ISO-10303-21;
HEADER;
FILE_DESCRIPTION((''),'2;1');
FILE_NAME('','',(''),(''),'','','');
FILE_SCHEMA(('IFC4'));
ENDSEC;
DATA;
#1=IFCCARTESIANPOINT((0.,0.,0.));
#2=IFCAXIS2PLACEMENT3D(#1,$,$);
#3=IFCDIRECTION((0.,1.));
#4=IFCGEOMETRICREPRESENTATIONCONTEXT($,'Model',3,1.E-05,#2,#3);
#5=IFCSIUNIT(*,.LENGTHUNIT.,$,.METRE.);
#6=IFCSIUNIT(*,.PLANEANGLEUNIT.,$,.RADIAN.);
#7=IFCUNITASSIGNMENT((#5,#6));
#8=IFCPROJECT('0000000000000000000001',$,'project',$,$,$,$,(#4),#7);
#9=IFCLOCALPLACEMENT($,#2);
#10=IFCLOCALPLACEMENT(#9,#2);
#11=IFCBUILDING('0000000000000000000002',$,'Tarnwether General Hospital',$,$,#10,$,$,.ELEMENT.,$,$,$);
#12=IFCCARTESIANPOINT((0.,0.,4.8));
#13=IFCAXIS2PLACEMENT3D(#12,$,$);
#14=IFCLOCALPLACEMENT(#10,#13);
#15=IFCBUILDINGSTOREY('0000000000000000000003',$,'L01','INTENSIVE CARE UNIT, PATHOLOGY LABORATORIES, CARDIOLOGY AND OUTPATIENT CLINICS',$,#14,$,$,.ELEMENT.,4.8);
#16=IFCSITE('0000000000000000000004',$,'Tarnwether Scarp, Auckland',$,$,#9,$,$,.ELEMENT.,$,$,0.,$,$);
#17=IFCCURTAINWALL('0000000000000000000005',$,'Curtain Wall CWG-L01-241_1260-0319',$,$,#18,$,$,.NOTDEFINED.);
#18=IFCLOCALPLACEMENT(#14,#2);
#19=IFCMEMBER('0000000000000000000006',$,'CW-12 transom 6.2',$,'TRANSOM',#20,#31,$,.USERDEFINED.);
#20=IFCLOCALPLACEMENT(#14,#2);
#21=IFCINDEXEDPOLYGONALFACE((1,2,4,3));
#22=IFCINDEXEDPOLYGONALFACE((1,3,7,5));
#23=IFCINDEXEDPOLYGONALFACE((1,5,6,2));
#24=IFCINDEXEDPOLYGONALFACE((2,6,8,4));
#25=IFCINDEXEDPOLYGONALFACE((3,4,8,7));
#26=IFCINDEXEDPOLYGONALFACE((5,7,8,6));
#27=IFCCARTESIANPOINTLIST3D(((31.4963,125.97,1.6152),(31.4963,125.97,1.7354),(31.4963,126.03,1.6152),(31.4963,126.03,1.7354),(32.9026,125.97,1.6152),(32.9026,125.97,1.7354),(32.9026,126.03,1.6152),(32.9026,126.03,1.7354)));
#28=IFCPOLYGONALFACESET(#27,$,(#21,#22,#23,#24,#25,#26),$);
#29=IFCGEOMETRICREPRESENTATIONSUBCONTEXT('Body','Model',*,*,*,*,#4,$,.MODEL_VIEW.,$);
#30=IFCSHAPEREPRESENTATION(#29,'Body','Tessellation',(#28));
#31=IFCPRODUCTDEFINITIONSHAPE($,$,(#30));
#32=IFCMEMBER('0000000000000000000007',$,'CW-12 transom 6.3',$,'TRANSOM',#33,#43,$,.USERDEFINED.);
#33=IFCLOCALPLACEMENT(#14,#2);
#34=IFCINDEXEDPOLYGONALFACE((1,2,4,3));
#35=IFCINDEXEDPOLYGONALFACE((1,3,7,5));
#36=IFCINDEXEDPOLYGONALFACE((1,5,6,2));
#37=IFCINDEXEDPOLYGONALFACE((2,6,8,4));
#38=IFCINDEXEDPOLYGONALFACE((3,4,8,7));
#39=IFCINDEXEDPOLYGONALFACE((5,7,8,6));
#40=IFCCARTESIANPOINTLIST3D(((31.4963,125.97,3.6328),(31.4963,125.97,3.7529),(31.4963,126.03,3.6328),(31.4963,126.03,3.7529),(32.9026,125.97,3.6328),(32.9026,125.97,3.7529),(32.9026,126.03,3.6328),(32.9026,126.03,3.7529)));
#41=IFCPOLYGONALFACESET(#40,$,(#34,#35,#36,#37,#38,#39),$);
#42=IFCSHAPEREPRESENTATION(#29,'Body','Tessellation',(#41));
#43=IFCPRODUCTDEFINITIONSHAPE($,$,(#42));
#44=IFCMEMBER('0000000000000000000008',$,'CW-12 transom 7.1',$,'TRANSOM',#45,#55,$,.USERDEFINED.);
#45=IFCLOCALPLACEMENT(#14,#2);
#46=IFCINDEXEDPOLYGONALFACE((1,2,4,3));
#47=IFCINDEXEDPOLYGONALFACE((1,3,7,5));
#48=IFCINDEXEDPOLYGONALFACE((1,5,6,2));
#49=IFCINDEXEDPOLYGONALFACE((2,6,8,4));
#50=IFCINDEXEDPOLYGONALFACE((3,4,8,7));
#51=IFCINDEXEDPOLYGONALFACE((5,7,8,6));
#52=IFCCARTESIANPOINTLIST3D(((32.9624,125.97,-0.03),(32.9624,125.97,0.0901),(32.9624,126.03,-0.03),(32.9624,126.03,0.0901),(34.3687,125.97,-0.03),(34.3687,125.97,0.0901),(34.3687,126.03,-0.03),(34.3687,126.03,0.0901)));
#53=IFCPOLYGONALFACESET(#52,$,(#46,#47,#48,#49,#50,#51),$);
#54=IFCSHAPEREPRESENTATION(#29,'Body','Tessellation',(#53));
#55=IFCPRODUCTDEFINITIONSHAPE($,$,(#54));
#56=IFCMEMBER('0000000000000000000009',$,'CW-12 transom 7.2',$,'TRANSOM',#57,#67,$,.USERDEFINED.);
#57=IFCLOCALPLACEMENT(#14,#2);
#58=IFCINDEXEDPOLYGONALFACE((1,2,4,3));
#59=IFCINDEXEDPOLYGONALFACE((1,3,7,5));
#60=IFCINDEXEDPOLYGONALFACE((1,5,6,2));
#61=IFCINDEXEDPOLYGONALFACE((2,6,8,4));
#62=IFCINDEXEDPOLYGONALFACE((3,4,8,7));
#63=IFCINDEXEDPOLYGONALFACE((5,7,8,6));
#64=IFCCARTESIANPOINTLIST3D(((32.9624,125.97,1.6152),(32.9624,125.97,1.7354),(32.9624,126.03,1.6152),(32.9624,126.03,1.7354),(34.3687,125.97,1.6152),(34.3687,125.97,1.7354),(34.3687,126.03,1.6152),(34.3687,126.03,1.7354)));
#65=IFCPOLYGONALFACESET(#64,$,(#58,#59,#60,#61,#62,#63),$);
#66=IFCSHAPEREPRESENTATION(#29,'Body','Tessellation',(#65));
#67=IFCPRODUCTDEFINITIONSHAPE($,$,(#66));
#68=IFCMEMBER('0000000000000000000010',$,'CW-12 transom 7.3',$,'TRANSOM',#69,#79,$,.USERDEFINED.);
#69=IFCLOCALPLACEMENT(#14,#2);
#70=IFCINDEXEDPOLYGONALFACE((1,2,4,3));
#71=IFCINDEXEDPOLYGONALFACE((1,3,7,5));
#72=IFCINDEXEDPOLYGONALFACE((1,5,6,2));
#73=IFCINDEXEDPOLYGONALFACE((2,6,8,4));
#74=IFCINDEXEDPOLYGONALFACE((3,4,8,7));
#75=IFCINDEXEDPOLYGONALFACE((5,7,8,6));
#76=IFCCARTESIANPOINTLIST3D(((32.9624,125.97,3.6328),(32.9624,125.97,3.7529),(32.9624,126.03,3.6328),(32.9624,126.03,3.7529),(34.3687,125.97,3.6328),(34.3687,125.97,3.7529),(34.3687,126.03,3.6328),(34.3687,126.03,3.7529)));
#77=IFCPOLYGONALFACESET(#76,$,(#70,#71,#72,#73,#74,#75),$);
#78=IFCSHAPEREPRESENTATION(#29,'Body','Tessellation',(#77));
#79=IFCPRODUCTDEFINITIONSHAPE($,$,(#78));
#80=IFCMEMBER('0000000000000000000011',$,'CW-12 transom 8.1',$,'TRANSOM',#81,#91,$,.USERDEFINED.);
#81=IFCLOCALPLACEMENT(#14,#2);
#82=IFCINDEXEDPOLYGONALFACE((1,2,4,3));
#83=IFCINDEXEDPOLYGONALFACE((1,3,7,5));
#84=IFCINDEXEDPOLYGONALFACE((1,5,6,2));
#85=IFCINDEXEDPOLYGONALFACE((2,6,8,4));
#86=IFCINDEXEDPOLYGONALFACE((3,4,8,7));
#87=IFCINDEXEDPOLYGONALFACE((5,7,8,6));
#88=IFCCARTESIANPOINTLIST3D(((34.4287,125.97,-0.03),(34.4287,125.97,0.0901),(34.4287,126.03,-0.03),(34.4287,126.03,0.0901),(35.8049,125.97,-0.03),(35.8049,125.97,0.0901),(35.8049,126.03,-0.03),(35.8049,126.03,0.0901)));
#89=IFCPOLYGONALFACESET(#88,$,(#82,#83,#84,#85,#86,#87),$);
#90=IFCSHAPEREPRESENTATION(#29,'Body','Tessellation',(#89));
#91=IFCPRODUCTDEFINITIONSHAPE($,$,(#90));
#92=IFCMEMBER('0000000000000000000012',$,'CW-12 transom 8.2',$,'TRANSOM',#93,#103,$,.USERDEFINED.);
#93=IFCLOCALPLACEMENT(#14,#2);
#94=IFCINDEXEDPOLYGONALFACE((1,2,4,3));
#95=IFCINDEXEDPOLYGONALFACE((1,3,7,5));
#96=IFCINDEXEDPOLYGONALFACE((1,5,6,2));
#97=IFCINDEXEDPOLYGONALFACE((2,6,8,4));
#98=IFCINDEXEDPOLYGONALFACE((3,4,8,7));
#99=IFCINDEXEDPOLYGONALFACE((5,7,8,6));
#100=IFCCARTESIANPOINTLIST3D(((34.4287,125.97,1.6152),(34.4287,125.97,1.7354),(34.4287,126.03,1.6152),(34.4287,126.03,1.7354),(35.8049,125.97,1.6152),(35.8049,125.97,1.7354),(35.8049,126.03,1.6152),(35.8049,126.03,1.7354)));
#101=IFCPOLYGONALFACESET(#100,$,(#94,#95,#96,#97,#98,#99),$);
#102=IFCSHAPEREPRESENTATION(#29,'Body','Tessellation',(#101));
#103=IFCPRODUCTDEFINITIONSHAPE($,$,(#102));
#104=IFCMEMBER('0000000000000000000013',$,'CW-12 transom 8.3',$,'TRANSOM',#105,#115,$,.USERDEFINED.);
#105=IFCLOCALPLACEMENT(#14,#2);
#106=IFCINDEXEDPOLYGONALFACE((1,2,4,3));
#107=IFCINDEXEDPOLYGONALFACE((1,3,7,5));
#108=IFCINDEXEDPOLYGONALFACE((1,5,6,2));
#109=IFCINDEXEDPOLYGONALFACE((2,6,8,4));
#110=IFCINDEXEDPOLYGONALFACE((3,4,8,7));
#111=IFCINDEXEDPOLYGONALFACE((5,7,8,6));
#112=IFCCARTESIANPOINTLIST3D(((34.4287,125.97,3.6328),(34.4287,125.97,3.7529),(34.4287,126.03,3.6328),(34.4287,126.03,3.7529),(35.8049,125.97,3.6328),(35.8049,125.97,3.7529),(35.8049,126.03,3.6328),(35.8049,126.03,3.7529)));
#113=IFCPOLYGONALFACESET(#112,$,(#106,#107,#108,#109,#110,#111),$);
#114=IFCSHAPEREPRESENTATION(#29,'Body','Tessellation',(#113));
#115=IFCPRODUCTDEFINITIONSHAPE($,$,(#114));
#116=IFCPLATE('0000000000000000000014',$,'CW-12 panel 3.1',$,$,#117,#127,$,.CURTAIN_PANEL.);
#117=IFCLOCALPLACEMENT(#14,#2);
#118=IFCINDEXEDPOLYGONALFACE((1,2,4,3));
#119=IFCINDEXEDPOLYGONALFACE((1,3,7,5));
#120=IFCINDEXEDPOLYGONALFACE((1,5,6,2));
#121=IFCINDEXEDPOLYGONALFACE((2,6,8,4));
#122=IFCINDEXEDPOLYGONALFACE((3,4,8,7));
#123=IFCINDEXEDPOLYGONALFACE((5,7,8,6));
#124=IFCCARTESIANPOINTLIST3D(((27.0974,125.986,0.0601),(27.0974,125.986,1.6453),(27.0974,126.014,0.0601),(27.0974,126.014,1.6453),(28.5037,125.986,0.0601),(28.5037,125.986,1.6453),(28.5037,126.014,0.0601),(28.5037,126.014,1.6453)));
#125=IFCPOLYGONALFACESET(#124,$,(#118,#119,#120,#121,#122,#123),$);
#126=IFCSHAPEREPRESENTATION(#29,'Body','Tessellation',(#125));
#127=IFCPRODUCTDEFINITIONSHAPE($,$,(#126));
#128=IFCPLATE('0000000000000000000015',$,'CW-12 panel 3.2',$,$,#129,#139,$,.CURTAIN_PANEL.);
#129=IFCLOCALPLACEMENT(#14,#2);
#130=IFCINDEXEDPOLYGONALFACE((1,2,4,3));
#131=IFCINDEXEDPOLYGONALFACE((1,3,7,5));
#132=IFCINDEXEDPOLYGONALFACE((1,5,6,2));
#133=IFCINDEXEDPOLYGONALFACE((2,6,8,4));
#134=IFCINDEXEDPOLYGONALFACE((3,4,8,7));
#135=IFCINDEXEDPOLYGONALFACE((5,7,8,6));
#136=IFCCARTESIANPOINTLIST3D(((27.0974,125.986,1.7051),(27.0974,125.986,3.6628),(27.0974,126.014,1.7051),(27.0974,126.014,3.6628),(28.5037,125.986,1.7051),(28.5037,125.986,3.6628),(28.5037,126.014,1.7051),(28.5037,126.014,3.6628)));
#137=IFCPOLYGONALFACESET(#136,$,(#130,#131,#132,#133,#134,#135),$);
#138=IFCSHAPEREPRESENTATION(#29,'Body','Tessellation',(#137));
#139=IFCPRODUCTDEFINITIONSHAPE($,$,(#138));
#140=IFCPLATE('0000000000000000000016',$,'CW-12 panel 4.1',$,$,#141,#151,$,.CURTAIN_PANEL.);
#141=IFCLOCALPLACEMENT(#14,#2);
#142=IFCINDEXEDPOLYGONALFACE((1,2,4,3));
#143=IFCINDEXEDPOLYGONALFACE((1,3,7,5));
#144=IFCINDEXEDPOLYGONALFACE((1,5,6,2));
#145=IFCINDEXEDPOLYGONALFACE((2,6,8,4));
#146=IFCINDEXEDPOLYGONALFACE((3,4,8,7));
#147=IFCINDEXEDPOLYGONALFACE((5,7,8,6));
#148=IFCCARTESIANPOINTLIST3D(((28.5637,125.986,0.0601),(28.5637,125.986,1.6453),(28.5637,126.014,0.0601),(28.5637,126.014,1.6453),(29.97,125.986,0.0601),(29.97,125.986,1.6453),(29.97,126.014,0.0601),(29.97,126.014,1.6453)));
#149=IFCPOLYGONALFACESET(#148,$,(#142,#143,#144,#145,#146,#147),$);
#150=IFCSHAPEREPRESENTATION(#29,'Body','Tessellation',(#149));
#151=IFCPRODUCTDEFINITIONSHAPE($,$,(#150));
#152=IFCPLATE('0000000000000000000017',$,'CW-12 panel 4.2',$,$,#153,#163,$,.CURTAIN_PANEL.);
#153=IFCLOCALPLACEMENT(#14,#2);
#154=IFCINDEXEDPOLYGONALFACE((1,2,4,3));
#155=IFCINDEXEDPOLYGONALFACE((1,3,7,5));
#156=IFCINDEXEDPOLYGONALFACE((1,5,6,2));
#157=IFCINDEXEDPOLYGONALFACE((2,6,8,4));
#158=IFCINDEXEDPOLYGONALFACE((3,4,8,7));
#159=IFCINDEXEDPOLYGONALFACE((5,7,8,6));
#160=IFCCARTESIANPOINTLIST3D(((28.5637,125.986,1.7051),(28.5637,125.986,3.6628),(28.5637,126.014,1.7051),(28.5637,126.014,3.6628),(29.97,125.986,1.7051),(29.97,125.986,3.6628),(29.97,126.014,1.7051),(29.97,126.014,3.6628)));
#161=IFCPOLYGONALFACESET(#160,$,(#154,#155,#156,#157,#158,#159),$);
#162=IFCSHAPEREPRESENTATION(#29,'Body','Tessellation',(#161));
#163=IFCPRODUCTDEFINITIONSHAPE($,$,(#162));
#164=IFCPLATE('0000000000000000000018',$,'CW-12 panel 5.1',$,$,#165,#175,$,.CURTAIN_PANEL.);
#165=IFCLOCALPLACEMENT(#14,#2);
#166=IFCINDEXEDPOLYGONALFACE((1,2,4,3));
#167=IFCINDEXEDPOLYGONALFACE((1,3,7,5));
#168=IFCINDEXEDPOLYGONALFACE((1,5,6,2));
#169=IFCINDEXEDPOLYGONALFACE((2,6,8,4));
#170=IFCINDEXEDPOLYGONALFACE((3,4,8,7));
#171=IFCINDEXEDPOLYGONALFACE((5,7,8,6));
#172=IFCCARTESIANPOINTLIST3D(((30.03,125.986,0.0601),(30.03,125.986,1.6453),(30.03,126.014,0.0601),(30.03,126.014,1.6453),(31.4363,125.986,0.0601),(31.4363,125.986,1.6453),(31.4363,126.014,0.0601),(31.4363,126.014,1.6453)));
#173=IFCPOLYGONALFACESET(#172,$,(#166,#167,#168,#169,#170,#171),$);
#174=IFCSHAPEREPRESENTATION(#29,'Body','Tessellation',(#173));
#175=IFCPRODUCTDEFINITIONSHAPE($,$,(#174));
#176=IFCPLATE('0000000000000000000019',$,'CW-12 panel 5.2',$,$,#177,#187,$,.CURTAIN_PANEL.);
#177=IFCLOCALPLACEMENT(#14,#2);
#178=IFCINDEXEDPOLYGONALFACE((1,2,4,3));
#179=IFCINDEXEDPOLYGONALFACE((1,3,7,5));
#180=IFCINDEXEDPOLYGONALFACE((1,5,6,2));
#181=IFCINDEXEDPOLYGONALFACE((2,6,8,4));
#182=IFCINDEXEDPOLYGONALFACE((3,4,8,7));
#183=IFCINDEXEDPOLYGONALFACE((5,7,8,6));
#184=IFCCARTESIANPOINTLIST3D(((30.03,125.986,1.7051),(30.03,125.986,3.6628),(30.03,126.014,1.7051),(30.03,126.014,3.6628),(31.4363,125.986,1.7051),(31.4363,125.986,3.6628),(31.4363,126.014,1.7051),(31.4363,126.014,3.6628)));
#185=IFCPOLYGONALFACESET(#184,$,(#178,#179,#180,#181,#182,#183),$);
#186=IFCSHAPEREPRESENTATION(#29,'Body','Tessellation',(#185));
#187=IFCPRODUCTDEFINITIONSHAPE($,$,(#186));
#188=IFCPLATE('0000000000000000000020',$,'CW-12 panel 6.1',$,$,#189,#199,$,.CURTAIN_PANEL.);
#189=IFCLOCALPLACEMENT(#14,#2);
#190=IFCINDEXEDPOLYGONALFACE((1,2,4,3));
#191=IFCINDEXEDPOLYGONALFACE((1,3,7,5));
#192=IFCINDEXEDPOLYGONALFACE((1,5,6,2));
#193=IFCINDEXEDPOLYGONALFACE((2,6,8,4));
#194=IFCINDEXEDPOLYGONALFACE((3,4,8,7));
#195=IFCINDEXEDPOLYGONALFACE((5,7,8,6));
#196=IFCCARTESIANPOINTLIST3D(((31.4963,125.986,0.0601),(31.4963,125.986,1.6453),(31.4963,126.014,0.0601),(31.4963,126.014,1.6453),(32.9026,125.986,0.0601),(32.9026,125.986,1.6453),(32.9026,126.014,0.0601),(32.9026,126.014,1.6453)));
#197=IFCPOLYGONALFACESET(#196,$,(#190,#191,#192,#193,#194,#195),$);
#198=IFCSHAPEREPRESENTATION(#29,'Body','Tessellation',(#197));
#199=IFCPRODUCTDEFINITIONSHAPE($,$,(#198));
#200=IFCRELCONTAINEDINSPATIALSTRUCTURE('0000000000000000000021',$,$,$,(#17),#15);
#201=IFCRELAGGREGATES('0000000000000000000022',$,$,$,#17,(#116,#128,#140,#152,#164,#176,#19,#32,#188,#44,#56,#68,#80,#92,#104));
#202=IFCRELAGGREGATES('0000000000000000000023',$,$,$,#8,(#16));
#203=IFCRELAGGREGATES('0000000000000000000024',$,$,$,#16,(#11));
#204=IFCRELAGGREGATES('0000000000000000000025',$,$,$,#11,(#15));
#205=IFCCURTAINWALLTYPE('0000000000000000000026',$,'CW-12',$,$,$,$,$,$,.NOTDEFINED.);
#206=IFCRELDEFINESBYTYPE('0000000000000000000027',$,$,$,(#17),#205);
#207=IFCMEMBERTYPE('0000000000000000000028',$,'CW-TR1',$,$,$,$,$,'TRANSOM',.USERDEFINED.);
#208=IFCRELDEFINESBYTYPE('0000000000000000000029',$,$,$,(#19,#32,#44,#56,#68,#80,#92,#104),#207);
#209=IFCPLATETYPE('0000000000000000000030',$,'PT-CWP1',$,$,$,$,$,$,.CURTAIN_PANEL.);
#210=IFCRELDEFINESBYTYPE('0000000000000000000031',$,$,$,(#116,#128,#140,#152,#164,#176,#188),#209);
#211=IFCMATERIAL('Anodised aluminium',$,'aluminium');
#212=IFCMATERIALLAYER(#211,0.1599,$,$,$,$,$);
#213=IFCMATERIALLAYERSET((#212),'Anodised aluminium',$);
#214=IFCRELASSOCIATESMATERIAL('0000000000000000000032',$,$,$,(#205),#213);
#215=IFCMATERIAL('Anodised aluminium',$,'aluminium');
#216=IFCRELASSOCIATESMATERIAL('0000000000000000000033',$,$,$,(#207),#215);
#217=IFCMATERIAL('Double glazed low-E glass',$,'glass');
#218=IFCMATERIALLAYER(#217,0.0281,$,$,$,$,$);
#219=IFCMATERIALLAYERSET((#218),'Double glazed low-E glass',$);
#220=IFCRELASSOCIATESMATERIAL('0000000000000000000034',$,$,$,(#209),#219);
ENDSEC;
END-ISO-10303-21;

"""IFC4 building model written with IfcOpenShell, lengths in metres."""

from ifc_helpers import new_model, si_unit, direction, frame, origin, origin_2d, place, context, subcontext, project, spatial, rectangle, extrude, material, layer, layer_set, material_profile, profile_set, type_object, element, aggregate, save


model = new_model("IFC4")

# Units and contexts
model_context = context("Model", 3, precision=1e-05, world=origin(), true_north=direction((0.0, 1.0)))
body_context = subcontext(model_context, "Body", "Model", "MODEL_VIEW")
ifc_project = project(units=[si_unit("LENGTHUNIT", "METRE"), si_unit("PLANEANGLEUNIT", "RADIAN")], contexts=[model_context])

# Site, building, storey
site_placement = place(None, origin())
site = spatial("IfcSite", under=ifc_project, at=site_placement, Name="Tarnwether Scarp, Auckland", CompositionType="ELEMENT", RefElevation=0.0)
building_placement = place(site_placement, origin())
building = spatial("IfcBuilding", under=site, at=building_placement, Name="Tarnwether General Hospital", CompositionType="ELEMENT")
storey_placement = place(building_placement, frame((0.0, 0.0, 4.8)))
storey = spatial("IfcBuildingStorey", under=building, at=storey_placement, Name="L01", Description="INTENSIVE CARE UNIT, PATHOLOGY LABORATORIES, CARDIOLOGY AND OUTPATIENT CLINICS", CompositionType="ELEMENT", Elevation=4.8)

# Curtain wall, members, plates
ifc_material_1 = material(Name="Anodised aluminium", Category="aluminium")
ifc_layer_1 = layer(ifc_material_1, 0.1599)
ifc_layer_set_1 = layer_set([ifc_layer_1], Name="Anodised aluminium")
curtain_wall_type = type_object("IfcCurtainWallType", Name="CW-12", PredefinedType="NOTDEFINED", material=ifc_layer_set_1)
curtain_wall_placement = place(storey_placement, origin())
curtain_wall = element("IfcCurtainWall", 1, at=curtain_wall_placement, inside=storey, type_object=curtain_wall_type, Name="Curtain Wall CWG-L01-241_1260-0319", PredefinedType="NOTDEFINED")
ifc_material_2 = material(Name="Anodised aluminium", Category="aluminium")
ifc_material_profile_1 = material_profile(ifc_material_2, rectangle(XDim=0.0601, YDim=0.1201, at=origin_2d()), Name="ALU-TRN-60x120")
ifc_profile_set_1 = profile_set([ifc_material_profile_1], Name="Anodised aluminium")
member_type_1 = type_object("IfcMemberType", Name="CW-TR1", ElementType="TRANSOM", PredefinedType="USERDEFINED", material=ifc_profile_set_1)
member_1_placement = place(storey_placement, frame((31.4963, 126.0, 1.6753), z_axis=(1.0, 0.0, 0.0), x_axis=(0.0, 1.0, 0.0)))
member_1 = element("IfcMember", 2, at=member_1_placement, type_object=member_type_1, Name="CW-12 transom 6.2", ObjectType="TRANSOM", PredefinedType="USERDEFINED", context=body_context, shape_type="SweptSolid", body=[
    extrude(rectangle(XDim=0.0601, YDim=0.1201, at=origin_2d()), origin(), (0.0, 0.0, 1.0), 1.4062),
])
member_2_placement = place(storey_placement, frame((31.4963, 126.0, 3.6929), z_axis=(1.0, 0.0, 0.0), x_axis=(0.0, 1.0, 0.0)))
member_2 = element("IfcMember", 3, at=member_2_placement, type_object=member_type_1, Name="CW-12 transom 6.3", ObjectType="TRANSOM", PredefinedType="USERDEFINED", context=body_context, shape_type="SweptSolid", body=[
    extrude(rectangle(XDim=0.0601, YDim=0.1201, at=origin_2d()), origin(), (0.0, 0.0, 1.0), 1.4062),
])
member_3_placement = place(storey_placement, frame((32.9624, 126.0, 0.03), z_axis=(1.0, 0.0, 0.0), x_axis=(0.0, 1.0, 0.0)))
member_3 = element("IfcMember", 4, at=member_3_placement, type_object=member_type_1, Name="CW-12 transom 7.1", ObjectType="TRANSOM", PredefinedType="USERDEFINED", context=body_context, shape_type="SweptSolid", body=[
    extrude(rectangle(XDim=0.0601, YDim=0.1201, at=origin_2d()), origin(), (0.0, 0.0, 1.0), 1.4062),
])
member_4_placement = place(storey_placement, frame((32.9624, 126.0, 1.6753), z_axis=(1.0, 0.0, 0.0), x_axis=(0.0, 1.0, 0.0)))
member_4 = element("IfcMember", 5, at=member_4_placement, type_object=member_type_1, Name="CW-12 transom 7.2", ObjectType="TRANSOM", PredefinedType="USERDEFINED", context=body_context, shape_type="SweptSolid", body=[
    extrude(rectangle(XDim=0.0601, YDim=0.1201, at=origin_2d()), origin(), (0.0, 0.0, 1.0), 1.4062),
])
member_5_placement = place(storey_placement, frame((32.9624, 126.0, 3.6929), z_axis=(1.0, 0.0, 0.0), x_axis=(0.0, 1.0, 0.0)))
member_5 = element("IfcMember", 6, at=member_5_placement, type_object=member_type_1, Name="CW-12 transom 7.3", ObjectType="TRANSOM", PredefinedType="USERDEFINED", context=body_context, shape_type="SweptSolid", body=[
    extrude(rectangle(XDim=0.0601, YDim=0.1201, at=origin_2d()), origin(), (0.0, 0.0, 1.0), 1.4062),
])
member_6_placement = place(storey_placement, frame((34.4287, 126.0, 0.03), z_axis=(1.0, 0.0, 0.0), x_axis=(0.0, 1.0, 0.0)))
member_6 = element("IfcMember", 7, at=member_6_placement, type_object=member_type_1, Name="CW-12 transom 8.1", ObjectType="TRANSOM", PredefinedType="USERDEFINED", context=body_context, shape_type="SweptSolid", body=[
    extrude(rectangle(XDim=0.0601, YDim=0.1201, at=origin_2d()), origin(), (0.0, 0.0, 1.0), 1.3762),
])
member_7_placement = place(storey_placement, frame((34.4287, 126.0, 1.6753), z_axis=(1.0, 0.0, 0.0), x_axis=(0.0, 1.0, 0.0)))
member_7 = element("IfcMember", 8, at=member_7_placement, type_object=member_type_1, Name="CW-12 transom 8.2", ObjectType="TRANSOM", PredefinedType="USERDEFINED", context=body_context, shape_type="SweptSolid", body=[
    extrude(rectangle(XDim=0.0601, YDim=0.1201, at=origin_2d()), origin(), (0.0, 0.0, 1.0), 1.3762),
])
member_8_placement = place(storey_placement, frame((34.4287, 126.0, 3.6929), z_axis=(1.0, 0.0, 0.0), x_axis=(0.0, 1.0, 0.0)))
member_8 = element("IfcMember", 9, at=member_8_placement, type_object=member_type_1, Name="CW-12 transom 8.3", ObjectType="TRANSOM", PredefinedType="USERDEFINED", context=body_context, shape_type="SweptSolid", body=[
    extrude(rectangle(XDim=0.0601, YDim=0.1201, at=origin_2d()), origin(), (0.0, 0.0, 1.0), 1.3762),
])
ifc_material_3 = material(Name="Double glazed low-E glass", Category="glass")
ifc_layer_2 = layer(ifc_material_3, 0.0281)
ifc_layer_set_2 = layer_set([ifc_layer_2], Name="Double glazed low-E glass")
plate_type = type_object("IfcPlateType", Name="PT-CWP1", PredefinedType="CURTAIN_PANEL", material=ifc_layer_set_2)
plate_1_placement = place(storey_placement, frame((27.8005, 126.0, 0.0601), z_axis=(0.0, 0.0, 1.0), x_axis=(1.0, 0.0, 0.0)))
plate_1 = element("IfcPlate", 10, at=plate_1_placement, type_object=plate_type, Name="CW-12 panel 3.1", PredefinedType="CURTAIN_PANEL", context=body_context, shape_type="SweptSolid", body=[
    extrude(rectangle(XDim=1.4062, YDim=0.0281, at=origin_2d()), origin(), (0.0, 0.0, 1.0), 1.5852),
])
plate_2_placement = place(storey_placement, frame((27.8005, 126.0, 1.7051), z_axis=(0.0, 0.0, 1.0), x_axis=(1.0, 0.0, 0.0)))
plate_2 = element("IfcPlate", 11, at=plate_2_placement, type_object=plate_type, Name="CW-12 panel 3.2", PredefinedType="CURTAIN_PANEL", context=body_context, shape_type="SweptSolid", body=[
    extrude(rectangle(XDim=1.4062, YDim=0.0281, at=origin_2d()), origin(), (0.0, 0.0, 1.0), 1.9578),
])
plate_3_placement = place(storey_placement, frame((29.2668, 126.0, 0.0601), z_axis=(0.0, 0.0, 1.0), x_axis=(1.0, 0.0, 0.0)))
plate_3 = element("IfcPlate", 12, at=plate_3_placement, type_object=plate_type, Name="CW-12 panel 4.1", PredefinedType="CURTAIN_PANEL", context=body_context, shape_type="SweptSolid", body=[
    extrude(rectangle(XDim=1.4062, YDim=0.0281, at=origin_2d()), origin(), (0.0, 0.0, 1.0), 1.5852),
])
plate_4_placement = place(storey_placement, frame((29.2668, 126.0, 1.7051), z_axis=(0.0, 0.0, 1.0), x_axis=(1.0, 0.0, 0.0)))
plate_4 = element("IfcPlate", 13, at=plate_4_placement, type_object=plate_type, Name="CW-12 panel 4.2", PredefinedType="CURTAIN_PANEL", context=body_context, shape_type="SweptSolid", body=[
    extrude(rectangle(XDim=1.4062, YDim=0.0281, at=origin_2d()), origin(), (0.0, 0.0, 1.0), 1.9578),
])
plate_5_placement = place(storey_placement, frame((30.7332, 126.0, 0.0601), z_axis=(0.0, 0.0, 1.0), x_axis=(1.0, 0.0, 0.0)))
plate_5 = element("IfcPlate", 14, at=plate_5_placement, type_object=plate_type, Name="CW-12 panel 5.1", PredefinedType="CURTAIN_PANEL", context=body_context, shape_type="SweptSolid", body=[
    extrude(rectangle(XDim=1.4062, YDim=0.0281, at=origin_2d()), origin(), (0.0, 0.0, 1.0), 1.5852),
])
plate_6_placement = place(storey_placement, frame((30.7332, 126.0, 1.7051), z_axis=(0.0, 0.0, 1.0), x_axis=(1.0, 0.0, 0.0)))
plate_6 = element("IfcPlate", 15, at=plate_6_placement, type_object=plate_type, Name="CW-12 panel 5.2", PredefinedType="CURTAIN_PANEL", context=body_context, shape_type="SweptSolid", body=[
    extrude(rectangle(XDim=1.4062, YDim=0.0281, at=origin_2d()), origin(), (0.0, 0.0, 1.0), 1.9578),
])
plate_7_placement = place(storey_placement, frame((32.1995, 126.0, 0.0601), z_axis=(0.0, 0.0, 1.0), x_axis=(1.0, 0.0, 0.0)))
plate_7 = element("IfcPlate", 16, at=plate_7_placement, type_object=plate_type, Name="CW-12 panel 6.1", PredefinedType="CURTAIN_PANEL", context=body_context, shape_type="SweptSolid", body=[
    extrude(rectangle(XDim=1.4062, YDim=0.0281, at=origin_2d()), origin(), (0.0, 0.0, 1.0), 1.5852),
])
aggregate(curtain_wall, [plate_1, plate_2, plate_3, plate_4, plate_5, plate_6, member_1, member_2, plate_7, member_3, member_4, member_5, member_6, member_7, member_8])

save(model, "model.ifc")
